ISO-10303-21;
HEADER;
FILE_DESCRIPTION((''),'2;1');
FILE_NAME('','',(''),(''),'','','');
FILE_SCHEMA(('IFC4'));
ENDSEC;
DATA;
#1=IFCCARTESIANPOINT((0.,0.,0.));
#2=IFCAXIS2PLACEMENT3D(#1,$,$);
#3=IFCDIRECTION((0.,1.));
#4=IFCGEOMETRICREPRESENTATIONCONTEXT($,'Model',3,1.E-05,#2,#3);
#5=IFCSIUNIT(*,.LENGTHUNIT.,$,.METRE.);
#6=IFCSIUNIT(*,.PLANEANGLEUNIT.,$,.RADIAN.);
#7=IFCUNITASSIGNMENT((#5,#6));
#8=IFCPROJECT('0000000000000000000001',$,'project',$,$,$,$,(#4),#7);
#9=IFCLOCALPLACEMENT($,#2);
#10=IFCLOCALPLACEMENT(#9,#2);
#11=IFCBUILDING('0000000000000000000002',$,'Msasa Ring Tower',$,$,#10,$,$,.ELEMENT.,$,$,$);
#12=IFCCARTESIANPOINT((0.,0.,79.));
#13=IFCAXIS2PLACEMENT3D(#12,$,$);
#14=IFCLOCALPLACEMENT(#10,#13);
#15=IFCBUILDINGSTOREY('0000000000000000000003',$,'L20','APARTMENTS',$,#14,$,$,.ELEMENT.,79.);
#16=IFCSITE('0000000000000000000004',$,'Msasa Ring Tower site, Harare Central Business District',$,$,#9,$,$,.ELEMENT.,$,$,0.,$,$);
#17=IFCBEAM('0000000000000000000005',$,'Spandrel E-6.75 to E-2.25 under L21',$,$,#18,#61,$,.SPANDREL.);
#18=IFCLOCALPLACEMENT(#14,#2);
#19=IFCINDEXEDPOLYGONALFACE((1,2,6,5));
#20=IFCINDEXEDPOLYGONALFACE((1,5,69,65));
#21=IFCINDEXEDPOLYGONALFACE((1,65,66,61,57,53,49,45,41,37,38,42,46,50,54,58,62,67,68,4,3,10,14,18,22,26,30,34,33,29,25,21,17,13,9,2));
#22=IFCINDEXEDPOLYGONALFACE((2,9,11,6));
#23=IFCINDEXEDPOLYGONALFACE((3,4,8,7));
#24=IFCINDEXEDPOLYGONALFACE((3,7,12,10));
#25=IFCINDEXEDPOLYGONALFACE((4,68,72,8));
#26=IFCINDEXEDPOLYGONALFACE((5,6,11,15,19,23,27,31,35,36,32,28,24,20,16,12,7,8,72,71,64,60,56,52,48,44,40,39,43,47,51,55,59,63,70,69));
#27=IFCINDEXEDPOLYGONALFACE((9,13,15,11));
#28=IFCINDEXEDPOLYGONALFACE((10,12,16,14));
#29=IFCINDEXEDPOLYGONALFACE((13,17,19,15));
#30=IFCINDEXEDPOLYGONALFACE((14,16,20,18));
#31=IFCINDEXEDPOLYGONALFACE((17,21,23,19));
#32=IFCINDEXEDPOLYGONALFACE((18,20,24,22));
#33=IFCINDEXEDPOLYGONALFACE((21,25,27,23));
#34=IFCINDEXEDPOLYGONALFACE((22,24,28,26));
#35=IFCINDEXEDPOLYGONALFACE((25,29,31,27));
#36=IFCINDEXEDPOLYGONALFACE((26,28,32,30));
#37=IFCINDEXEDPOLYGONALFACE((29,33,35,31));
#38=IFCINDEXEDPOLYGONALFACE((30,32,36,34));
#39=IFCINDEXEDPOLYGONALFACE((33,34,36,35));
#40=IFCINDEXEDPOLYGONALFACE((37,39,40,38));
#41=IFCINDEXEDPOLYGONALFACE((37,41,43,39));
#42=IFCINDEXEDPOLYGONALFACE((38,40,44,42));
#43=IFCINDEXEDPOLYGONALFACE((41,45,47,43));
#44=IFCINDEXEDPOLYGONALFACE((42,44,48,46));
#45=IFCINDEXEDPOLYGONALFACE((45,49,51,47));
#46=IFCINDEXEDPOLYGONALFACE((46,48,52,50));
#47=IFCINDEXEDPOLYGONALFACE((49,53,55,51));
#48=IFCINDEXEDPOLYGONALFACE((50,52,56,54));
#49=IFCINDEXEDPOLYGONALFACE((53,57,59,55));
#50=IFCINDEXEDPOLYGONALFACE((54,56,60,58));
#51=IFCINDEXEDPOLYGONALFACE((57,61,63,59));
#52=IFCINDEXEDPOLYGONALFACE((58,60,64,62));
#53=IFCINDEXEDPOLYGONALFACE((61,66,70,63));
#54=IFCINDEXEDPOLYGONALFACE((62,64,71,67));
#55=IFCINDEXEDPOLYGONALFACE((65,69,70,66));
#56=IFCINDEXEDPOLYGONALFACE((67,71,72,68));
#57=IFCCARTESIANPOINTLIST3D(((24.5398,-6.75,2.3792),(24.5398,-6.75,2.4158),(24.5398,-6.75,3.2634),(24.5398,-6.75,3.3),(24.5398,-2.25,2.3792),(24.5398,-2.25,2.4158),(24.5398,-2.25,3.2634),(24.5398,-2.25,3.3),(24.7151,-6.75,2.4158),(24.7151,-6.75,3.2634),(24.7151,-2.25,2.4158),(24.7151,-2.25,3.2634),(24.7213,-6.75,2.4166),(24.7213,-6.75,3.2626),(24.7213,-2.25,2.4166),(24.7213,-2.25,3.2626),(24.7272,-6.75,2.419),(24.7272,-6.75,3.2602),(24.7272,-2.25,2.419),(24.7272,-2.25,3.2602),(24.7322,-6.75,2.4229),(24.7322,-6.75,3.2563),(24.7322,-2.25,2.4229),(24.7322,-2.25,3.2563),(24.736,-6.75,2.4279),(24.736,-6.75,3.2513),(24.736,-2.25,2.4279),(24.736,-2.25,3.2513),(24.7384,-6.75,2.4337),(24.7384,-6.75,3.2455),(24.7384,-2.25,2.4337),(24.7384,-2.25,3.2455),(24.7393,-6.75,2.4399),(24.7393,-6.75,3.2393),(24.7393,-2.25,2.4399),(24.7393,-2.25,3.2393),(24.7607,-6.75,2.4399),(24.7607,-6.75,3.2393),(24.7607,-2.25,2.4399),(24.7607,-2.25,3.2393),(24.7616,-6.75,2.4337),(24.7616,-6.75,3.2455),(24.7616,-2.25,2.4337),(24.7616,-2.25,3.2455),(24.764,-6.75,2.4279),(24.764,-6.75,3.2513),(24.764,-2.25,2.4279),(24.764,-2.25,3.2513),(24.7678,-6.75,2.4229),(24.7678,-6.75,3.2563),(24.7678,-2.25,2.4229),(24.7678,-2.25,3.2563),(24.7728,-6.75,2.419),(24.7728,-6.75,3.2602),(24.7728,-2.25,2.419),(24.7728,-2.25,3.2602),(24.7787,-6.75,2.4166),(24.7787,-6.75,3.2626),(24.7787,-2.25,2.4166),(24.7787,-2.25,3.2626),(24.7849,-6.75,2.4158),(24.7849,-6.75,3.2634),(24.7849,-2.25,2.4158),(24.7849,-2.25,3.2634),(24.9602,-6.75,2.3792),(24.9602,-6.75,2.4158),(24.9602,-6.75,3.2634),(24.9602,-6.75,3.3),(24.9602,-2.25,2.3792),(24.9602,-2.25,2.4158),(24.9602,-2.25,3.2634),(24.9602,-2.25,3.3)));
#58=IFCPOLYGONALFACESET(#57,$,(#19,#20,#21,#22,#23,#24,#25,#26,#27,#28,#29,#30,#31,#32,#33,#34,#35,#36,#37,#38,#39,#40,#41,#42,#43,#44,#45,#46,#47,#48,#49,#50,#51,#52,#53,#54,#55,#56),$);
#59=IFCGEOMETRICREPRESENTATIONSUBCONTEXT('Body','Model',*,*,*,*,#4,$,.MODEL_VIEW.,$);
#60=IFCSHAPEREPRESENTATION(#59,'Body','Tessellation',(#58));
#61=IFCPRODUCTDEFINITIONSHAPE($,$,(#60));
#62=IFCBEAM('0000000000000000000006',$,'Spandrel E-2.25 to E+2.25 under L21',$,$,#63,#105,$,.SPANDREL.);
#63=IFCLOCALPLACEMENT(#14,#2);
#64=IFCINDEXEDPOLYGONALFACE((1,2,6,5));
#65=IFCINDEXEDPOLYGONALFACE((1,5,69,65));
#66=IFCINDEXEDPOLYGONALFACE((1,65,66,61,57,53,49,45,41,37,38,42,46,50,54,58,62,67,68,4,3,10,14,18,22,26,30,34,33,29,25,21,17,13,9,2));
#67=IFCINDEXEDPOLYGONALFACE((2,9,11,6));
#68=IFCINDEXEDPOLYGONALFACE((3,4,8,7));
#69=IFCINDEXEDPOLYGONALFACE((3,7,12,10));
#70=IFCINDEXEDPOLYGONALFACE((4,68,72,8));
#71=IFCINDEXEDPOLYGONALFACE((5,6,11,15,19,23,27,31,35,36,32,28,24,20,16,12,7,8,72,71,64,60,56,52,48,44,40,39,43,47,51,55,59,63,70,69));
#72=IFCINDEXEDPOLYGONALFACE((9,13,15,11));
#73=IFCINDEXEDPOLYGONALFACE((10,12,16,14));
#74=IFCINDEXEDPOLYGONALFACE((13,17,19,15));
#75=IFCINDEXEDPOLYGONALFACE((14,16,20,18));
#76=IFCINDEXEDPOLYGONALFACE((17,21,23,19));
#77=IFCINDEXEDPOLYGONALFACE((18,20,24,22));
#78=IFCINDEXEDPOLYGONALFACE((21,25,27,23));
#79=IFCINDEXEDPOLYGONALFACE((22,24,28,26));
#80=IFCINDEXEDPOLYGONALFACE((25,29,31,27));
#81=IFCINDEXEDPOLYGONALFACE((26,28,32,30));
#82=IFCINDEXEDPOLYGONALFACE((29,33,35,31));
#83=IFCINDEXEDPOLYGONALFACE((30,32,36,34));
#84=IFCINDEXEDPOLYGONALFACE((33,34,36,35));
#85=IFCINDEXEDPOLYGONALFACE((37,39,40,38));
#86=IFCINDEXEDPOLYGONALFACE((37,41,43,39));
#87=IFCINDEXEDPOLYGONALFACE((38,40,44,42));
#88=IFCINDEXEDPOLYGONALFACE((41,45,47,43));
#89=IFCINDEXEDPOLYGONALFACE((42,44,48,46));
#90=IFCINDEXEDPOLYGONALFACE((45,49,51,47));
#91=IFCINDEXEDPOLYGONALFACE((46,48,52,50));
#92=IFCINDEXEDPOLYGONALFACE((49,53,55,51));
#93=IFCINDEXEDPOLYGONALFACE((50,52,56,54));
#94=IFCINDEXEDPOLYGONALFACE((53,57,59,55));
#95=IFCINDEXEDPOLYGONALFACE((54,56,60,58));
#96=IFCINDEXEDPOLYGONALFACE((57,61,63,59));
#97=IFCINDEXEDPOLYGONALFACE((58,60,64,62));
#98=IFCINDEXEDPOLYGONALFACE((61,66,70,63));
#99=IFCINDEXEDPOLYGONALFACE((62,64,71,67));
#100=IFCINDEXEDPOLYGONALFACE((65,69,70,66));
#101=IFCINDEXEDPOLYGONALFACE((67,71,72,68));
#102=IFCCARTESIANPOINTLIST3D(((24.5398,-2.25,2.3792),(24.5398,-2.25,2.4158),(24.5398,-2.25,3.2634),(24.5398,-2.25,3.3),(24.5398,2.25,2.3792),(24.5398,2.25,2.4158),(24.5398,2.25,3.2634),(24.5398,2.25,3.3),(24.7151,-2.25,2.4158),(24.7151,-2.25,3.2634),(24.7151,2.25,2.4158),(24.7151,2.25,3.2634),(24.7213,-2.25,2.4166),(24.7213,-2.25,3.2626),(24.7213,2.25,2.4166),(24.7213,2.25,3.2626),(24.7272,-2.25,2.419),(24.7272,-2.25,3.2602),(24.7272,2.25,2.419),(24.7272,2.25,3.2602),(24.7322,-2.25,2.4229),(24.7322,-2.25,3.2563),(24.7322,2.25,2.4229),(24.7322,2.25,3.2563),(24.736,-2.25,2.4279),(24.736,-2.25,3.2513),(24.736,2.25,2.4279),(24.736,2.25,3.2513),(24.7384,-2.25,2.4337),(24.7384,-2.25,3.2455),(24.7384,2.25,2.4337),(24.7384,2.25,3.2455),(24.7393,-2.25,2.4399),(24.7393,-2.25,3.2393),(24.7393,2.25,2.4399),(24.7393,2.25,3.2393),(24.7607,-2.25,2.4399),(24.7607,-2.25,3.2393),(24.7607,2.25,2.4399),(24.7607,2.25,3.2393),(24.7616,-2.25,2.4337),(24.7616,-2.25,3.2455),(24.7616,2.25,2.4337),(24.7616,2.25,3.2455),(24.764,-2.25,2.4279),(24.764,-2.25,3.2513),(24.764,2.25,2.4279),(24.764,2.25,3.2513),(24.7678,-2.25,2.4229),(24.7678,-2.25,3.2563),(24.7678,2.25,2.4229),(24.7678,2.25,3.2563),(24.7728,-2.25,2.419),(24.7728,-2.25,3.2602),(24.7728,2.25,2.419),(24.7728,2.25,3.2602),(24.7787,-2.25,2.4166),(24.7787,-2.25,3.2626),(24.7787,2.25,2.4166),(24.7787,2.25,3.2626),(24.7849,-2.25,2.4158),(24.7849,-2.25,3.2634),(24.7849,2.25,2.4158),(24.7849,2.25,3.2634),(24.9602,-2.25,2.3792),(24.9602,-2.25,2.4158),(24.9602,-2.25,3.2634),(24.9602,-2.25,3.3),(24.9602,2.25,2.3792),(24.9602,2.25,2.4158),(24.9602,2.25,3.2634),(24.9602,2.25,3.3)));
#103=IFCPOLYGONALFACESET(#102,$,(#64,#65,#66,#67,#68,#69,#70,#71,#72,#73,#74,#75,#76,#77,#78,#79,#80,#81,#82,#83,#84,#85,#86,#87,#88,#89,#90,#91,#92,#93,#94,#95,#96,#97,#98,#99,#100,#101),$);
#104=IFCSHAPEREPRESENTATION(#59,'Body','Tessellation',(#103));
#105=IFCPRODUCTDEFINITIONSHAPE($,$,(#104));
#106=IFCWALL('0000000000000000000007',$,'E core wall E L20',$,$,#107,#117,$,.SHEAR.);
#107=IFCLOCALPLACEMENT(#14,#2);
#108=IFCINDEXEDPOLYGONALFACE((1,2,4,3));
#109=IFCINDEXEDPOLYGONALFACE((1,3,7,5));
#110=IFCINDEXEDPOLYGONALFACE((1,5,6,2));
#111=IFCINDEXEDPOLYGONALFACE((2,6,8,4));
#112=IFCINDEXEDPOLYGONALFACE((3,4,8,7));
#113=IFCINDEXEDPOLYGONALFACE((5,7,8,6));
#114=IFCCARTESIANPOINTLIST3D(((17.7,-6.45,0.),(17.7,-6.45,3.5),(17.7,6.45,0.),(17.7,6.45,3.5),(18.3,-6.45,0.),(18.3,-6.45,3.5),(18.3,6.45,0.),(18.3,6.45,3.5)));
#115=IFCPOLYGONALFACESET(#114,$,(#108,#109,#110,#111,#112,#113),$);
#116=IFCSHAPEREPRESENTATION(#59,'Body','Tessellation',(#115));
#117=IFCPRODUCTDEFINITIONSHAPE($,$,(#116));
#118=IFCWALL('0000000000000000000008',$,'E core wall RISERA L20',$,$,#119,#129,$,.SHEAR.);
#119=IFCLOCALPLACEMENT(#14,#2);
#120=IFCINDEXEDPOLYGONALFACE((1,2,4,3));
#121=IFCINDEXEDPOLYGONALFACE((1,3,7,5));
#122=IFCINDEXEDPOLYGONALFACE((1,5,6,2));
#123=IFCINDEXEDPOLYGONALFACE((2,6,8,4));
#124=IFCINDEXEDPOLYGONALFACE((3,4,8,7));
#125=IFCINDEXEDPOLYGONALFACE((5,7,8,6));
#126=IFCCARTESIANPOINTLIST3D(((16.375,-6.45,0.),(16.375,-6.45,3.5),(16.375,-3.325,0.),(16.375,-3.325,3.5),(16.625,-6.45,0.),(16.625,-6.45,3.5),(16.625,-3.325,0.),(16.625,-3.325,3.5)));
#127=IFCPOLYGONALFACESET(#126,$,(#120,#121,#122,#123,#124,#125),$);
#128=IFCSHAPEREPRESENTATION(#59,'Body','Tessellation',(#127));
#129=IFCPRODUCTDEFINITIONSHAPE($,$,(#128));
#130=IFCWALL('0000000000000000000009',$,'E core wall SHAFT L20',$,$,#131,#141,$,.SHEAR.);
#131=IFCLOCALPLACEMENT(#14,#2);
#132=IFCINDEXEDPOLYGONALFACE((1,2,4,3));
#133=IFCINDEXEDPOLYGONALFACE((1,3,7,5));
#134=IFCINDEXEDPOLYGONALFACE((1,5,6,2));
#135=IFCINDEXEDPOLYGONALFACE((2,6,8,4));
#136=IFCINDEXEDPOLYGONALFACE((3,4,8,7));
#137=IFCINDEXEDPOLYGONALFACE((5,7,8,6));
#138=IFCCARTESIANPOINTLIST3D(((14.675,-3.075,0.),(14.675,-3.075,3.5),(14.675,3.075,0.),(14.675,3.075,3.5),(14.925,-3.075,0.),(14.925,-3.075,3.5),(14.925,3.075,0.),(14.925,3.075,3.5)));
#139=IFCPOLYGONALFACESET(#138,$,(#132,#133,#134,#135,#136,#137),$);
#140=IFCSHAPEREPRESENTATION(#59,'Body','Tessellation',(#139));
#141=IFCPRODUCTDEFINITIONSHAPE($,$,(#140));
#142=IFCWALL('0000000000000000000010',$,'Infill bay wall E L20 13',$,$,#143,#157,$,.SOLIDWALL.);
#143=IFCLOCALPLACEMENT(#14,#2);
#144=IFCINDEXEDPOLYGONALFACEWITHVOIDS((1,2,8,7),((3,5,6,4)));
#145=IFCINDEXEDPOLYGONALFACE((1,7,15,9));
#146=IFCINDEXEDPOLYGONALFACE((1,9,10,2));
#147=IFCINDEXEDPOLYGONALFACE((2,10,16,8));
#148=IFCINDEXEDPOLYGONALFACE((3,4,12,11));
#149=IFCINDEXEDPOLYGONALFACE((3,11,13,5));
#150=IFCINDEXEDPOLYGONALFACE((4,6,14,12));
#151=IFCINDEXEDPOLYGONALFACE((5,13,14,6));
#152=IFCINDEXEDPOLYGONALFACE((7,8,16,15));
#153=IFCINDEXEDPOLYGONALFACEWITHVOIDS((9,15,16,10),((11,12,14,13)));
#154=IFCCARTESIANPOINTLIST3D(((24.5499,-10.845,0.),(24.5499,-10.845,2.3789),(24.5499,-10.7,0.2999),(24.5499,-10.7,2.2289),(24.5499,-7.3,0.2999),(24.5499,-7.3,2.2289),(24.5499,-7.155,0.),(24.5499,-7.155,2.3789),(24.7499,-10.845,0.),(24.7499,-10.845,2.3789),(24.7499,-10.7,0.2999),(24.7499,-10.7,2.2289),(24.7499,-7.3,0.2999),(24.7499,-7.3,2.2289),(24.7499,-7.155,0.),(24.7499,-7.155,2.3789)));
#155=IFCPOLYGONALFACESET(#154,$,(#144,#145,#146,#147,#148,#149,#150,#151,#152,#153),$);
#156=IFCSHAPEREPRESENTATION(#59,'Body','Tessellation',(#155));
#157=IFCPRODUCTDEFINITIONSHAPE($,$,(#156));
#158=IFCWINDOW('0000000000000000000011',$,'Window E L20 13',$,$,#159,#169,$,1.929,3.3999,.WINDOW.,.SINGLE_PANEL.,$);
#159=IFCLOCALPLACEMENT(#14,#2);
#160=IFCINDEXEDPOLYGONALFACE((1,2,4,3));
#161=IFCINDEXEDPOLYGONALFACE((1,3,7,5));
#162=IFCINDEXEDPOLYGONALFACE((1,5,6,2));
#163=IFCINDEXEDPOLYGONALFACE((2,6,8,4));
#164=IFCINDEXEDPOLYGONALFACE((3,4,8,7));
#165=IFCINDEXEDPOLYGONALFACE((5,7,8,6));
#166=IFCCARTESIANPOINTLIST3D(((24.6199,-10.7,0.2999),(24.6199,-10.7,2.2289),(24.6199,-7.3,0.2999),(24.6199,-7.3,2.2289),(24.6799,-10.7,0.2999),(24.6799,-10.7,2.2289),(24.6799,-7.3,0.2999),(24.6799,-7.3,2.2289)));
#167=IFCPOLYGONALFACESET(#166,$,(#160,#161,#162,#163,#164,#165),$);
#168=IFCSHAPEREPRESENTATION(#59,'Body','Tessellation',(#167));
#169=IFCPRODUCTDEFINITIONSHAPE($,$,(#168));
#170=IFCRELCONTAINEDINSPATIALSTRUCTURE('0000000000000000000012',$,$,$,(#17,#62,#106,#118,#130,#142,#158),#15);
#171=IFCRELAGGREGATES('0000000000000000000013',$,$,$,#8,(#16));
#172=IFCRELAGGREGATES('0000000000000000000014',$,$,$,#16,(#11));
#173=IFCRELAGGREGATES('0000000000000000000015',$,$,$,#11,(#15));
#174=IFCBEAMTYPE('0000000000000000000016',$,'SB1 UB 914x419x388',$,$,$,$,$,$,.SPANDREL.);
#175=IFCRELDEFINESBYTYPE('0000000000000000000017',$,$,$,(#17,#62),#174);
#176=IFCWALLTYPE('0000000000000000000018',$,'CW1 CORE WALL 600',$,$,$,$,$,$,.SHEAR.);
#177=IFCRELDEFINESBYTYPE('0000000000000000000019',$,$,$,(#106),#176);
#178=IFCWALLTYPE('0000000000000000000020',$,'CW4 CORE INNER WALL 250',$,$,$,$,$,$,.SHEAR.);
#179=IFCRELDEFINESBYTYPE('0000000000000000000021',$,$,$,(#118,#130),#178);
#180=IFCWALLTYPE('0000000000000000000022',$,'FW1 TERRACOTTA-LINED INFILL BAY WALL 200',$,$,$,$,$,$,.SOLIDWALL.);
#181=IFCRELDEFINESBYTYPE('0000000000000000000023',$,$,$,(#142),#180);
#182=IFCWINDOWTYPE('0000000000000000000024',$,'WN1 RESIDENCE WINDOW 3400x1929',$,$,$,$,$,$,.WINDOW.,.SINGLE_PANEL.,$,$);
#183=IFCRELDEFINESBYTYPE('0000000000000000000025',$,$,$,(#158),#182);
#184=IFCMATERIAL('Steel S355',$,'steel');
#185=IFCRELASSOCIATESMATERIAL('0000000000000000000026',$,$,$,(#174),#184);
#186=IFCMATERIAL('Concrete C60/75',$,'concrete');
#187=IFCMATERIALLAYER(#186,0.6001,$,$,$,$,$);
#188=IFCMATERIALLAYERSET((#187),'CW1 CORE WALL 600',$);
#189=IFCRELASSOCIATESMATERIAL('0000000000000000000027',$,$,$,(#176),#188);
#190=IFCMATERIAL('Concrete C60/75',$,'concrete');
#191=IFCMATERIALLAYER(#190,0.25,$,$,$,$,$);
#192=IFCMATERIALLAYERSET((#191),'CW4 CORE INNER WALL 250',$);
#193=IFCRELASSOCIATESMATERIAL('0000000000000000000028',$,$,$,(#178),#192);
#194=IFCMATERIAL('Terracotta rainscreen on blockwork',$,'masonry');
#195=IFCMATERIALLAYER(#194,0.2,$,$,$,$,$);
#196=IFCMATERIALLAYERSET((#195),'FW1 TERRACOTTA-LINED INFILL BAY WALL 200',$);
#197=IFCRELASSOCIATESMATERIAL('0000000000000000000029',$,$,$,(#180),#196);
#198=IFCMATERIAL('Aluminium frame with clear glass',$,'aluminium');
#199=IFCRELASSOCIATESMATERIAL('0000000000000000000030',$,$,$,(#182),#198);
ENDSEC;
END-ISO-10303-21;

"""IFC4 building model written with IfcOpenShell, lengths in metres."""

from ifc_helpers import new_model, si_unit, direction, frame, frame_2d, origin, origin_2d, place, context, subcontext, project, spatial, rectangle, i_section, extrude, material, layer, layer_set, material_profile, profile_set, type_object, element, fill, save


model = new_model("IFC4")

# Units and contexts
model_context = context("Model", 3, precision=1e-05, world=origin(), true_north=direction((0.0, 1.0)))
body_context = subcontext(model_context, "Body", "Model", "MODEL_VIEW")
ifc_project = project(units=[si_unit("LENGTHUNIT", "METRE"), si_unit("PLANEANGLEUNIT", "RADIAN")], contexts=[model_context])

# Site, building, storey
site_placement = place(None, origin())
site = spatial("IfcSite", under=ifc_project, at=site_placement, Name="Msasa Ring Tower site, Harare Central Business District", CompositionType="ELEMENT", RefElevation=0.0)
building_placement = place(site_placement, origin())
building = spatial("IfcBuilding", under=site, at=building_placement, Name="Msasa Ring Tower", CompositionType="ELEMENT")
storey_placement = place(building_placement, frame((0.0, 0.0, 79.0)))
storey = spatial("IfcBuildingStorey", under=building, at=storey_placement, Name="L20", Description="APARTMENTS", CompositionType="ELEMENT", Elevation=79.0)

# Beams
ifc_material_1 = material(Name="Steel S355", Category="steel")
ifc_material_profile_1 = material_profile(ifc_material_1, i_section(OverallWidth=0.4204, OverallDepth=0.9209, WebThickness=0.0215, FlangeThickness=0.0366, FilletRadius=0.0242, at=origin_2d()), Name="UB 914x419x388")
ifc_profile_set_1 = profile_set([ifc_material_profile_1], Name="Steel S355")
beam_type_1 = type_object("IfcBeamType", Name="SB1 UB 914x419x388", PredefinedType="SPANDREL", material=ifc_profile_set_1)
for number, where, z_axis, x_axis, name in (
    (1, (24.75, -6.75, 2.8396), (0.0, 1.0, 0.0), (-1.0, 0.0, 0.0), "Spandrel E-6.75 to E-2.25 under L21"),
    (2, (24.75, -2.25, 2.8396), (0.0, 1.0, 0.0), (-1.0, 0.0, 0.0), "Spandrel E-2.25 to E+2.25 under L21"),
):
    element("IfcBeam", number, at=place(storey_placement, frame(where, z_axis=z_axis, x_axis=x_axis)), inside=storey, type_object=beam_type_1, Name=name, PredefinedType="SPANDREL", context=body_context, shape_type="SweptSolid", body=[
        extrude(i_section(OverallWidth=0.4204, OverallDepth=0.9209, WebThickness=0.0215, FlangeThickness=0.0366, FilletRadius=0.0242, at=origin_2d()), origin(), (0.0, 0.0, 1.0), 4.5),
    ])

# Walls
ifc_material_2 = material(Name="Concrete C60/75", Category="concrete")
ifc_layer_1 = layer(ifc_material_2, 0.6001)
ifc_layer_set_1 = layer_set([ifc_layer_1], Name="CW1 CORE WALL 600")
wall_type_1 = type_object("IfcWallType", Name="CW1 CORE WALL 600", PredefinedType="SHEAR", material=ifc_layer_set_1)
wall_1_placement = place(storey_placement, frame((18.0, -6.45, 0.0), z_axis=(0.0, 0.0, 1.0), x_axis=(0.0, 1.0, 0.0)))
element("IfcWall", 3, at=wall_1_placement, inside=storey, type_object=wall_type_1, Name="E core wall E L20", PredefinedType="SHEAR", context=body_context, shape_type="SweptSolid", body=[
    extrude(rectangle(XDim=12.8999, YDim=0.6001, at=frame_2d((6.45, 0.0))), origin(), (0.0, 0.0, 1.0), 3.5),
])
ifc_material_3 = material(Name="Concrete C60/75", Category="concrete")
ifc_layer_2 = layer(ifc_material_3, 0.25)
ifc_layer_set_2 = layer_set([ifc_layer_2], Name="CW4 CORE INNER WALL 250")
wall_type_2 = type_object("IfcWallType", Name="CW4 CORE INNER WALL 250", PredefinedType="SHEAR", material=ifc_layer_set_2)
wall_2_placement = place(storey_placement, frame((16.5, -6.45, 0.0), z_axis=(0.0, 0.0, 1.0), x_axis=(0.0, 1.0, 0.0)))
element("IfcWall", 4, at=wall_2_placement, inside=storey, type_object=wall_type_2, Name="E core wall RISERA L20", PredefinedType="SHEAR", context=body_context, shape_type="SweptSolid", body=[
    extrude(rectangle(XDim=3.125, YDim=0.25, at=frame_2d((1.5625, 0.0))), origin(), (0.0, 0.0, 1.0), 3.5),
])
wall_3_placement = place(storey_placement, frame((14.8, -3.075, 0.0), z_axis=(0.0, 0.0, 1.0), x_axis=(0.0, 1.0, 0.0)))
element("IfcWall", 5, at=wall_3_placement, inside=storey, type_object=wall_type_2, Name="E core wall SHAFT L20", PredefinedType="SHEAR", context=body_context, shape_type="SweptSolid", body=[
    extrude(rectangle(XDim=6.1499, YDim=0.25, at=frame_2d((3.075, 0.0))), origin(), (0.0, 0.0, 1.0), 3.5),
])

# Wall, opening, window
ifc_material_4 = material(Name="Terracotta rainscreen on blockwork", Category="masonry")
ifc_layer_3 = layer(ifc_material_4, 0.2)
ifc_layer_set_3 = layer_set([ifc_layer_3], Name="FW1 TERRACOTTA-LINED INFILL BAY WALL 200")
wall_type_3 = type_object("IfcWallType", Name="FW1 TERRACOTTA-LINED INFILL BAY WALL 200", PredefinedType="SOLIDWALL", material=ifc_layer_set_3)
wall_4_placement = place(storey_placement, frame((24.6499, -10.845, 0.0), z_axis=(0.0, 0.0, 1.0), x_axis=(0.0, 1.0, 0.0)))
wall_4 = element("IfcWall", 6, at=wall_4_placement, inside=storey, type_object=wall_type_3, Name="Infill bay wall E L20 13", PredefinedType="SOLIDWALL", context=body_context, shape_type="SweptSolid", body=[
    extrude(rectangle(XDim=3.6899, YDim=0.2, at=frame_2d((1.845, 0.0))), origin(), (0.0, 0.0, 1.0), 2.3789),
])
opening_1_placement = place(wall_4_placement, frame((0.145, 0.0, 0.3)))
opening_1 = element("IfcOpeningElement", 7, at=opening_1_placement, cuts=wall_4, PredefinedType="OPENING", context=body_context, shape_type="SweptSolid", body=[
    extrude(rectangle(XDim=3.3999, YDim=1.929, at=frame_2d((1.7, 0.9644))), frame((0.0, 0.1099, 0.0), z_axis=(0.0, -1.0, 0.0), x_axis=(1.0, 0.0, 0.0)), (0.0, 0.0, 1.0), 0.22),
])
ifc_material_5 = material(Name="Aluminium frame with clear glass", Category="aluminium")
window_type = type_object("IfcWindowType", Name="WN1 RESIDENCE WINDOW 3400x1929", PartitioningType="SINGLE_PANEL", PredefinedType="WINDOW", material=ifc_material_5)
window_1_placement = place(opening_1_placement, origin())
window_1 = element("IfcWindow", 8, at=window_1_placement, inside=storey, type_object=window_type, Name="Window E L20 13", OverallHeight=1.929, OverallWidth=3.3999, PartitioningType="SINGLE_PANEL", PredefinedType="WINDOW", context=body_context, shape_type="SweptSolid", body=[
    extrude(rectangle(XDim=3.3999, YDim=1.929, at=frame_2d((1.7, 0.9644))), frame((0.0, 0.03, 0.0), z_axis=(0.0, -1.0, 0.0), x_axis=(1.0, 0.0, 0.0)), (0.0, 0.0, 1.0), 0.0601),
])
fill(opening_1, window_1)

save(model, "model.ifc")
